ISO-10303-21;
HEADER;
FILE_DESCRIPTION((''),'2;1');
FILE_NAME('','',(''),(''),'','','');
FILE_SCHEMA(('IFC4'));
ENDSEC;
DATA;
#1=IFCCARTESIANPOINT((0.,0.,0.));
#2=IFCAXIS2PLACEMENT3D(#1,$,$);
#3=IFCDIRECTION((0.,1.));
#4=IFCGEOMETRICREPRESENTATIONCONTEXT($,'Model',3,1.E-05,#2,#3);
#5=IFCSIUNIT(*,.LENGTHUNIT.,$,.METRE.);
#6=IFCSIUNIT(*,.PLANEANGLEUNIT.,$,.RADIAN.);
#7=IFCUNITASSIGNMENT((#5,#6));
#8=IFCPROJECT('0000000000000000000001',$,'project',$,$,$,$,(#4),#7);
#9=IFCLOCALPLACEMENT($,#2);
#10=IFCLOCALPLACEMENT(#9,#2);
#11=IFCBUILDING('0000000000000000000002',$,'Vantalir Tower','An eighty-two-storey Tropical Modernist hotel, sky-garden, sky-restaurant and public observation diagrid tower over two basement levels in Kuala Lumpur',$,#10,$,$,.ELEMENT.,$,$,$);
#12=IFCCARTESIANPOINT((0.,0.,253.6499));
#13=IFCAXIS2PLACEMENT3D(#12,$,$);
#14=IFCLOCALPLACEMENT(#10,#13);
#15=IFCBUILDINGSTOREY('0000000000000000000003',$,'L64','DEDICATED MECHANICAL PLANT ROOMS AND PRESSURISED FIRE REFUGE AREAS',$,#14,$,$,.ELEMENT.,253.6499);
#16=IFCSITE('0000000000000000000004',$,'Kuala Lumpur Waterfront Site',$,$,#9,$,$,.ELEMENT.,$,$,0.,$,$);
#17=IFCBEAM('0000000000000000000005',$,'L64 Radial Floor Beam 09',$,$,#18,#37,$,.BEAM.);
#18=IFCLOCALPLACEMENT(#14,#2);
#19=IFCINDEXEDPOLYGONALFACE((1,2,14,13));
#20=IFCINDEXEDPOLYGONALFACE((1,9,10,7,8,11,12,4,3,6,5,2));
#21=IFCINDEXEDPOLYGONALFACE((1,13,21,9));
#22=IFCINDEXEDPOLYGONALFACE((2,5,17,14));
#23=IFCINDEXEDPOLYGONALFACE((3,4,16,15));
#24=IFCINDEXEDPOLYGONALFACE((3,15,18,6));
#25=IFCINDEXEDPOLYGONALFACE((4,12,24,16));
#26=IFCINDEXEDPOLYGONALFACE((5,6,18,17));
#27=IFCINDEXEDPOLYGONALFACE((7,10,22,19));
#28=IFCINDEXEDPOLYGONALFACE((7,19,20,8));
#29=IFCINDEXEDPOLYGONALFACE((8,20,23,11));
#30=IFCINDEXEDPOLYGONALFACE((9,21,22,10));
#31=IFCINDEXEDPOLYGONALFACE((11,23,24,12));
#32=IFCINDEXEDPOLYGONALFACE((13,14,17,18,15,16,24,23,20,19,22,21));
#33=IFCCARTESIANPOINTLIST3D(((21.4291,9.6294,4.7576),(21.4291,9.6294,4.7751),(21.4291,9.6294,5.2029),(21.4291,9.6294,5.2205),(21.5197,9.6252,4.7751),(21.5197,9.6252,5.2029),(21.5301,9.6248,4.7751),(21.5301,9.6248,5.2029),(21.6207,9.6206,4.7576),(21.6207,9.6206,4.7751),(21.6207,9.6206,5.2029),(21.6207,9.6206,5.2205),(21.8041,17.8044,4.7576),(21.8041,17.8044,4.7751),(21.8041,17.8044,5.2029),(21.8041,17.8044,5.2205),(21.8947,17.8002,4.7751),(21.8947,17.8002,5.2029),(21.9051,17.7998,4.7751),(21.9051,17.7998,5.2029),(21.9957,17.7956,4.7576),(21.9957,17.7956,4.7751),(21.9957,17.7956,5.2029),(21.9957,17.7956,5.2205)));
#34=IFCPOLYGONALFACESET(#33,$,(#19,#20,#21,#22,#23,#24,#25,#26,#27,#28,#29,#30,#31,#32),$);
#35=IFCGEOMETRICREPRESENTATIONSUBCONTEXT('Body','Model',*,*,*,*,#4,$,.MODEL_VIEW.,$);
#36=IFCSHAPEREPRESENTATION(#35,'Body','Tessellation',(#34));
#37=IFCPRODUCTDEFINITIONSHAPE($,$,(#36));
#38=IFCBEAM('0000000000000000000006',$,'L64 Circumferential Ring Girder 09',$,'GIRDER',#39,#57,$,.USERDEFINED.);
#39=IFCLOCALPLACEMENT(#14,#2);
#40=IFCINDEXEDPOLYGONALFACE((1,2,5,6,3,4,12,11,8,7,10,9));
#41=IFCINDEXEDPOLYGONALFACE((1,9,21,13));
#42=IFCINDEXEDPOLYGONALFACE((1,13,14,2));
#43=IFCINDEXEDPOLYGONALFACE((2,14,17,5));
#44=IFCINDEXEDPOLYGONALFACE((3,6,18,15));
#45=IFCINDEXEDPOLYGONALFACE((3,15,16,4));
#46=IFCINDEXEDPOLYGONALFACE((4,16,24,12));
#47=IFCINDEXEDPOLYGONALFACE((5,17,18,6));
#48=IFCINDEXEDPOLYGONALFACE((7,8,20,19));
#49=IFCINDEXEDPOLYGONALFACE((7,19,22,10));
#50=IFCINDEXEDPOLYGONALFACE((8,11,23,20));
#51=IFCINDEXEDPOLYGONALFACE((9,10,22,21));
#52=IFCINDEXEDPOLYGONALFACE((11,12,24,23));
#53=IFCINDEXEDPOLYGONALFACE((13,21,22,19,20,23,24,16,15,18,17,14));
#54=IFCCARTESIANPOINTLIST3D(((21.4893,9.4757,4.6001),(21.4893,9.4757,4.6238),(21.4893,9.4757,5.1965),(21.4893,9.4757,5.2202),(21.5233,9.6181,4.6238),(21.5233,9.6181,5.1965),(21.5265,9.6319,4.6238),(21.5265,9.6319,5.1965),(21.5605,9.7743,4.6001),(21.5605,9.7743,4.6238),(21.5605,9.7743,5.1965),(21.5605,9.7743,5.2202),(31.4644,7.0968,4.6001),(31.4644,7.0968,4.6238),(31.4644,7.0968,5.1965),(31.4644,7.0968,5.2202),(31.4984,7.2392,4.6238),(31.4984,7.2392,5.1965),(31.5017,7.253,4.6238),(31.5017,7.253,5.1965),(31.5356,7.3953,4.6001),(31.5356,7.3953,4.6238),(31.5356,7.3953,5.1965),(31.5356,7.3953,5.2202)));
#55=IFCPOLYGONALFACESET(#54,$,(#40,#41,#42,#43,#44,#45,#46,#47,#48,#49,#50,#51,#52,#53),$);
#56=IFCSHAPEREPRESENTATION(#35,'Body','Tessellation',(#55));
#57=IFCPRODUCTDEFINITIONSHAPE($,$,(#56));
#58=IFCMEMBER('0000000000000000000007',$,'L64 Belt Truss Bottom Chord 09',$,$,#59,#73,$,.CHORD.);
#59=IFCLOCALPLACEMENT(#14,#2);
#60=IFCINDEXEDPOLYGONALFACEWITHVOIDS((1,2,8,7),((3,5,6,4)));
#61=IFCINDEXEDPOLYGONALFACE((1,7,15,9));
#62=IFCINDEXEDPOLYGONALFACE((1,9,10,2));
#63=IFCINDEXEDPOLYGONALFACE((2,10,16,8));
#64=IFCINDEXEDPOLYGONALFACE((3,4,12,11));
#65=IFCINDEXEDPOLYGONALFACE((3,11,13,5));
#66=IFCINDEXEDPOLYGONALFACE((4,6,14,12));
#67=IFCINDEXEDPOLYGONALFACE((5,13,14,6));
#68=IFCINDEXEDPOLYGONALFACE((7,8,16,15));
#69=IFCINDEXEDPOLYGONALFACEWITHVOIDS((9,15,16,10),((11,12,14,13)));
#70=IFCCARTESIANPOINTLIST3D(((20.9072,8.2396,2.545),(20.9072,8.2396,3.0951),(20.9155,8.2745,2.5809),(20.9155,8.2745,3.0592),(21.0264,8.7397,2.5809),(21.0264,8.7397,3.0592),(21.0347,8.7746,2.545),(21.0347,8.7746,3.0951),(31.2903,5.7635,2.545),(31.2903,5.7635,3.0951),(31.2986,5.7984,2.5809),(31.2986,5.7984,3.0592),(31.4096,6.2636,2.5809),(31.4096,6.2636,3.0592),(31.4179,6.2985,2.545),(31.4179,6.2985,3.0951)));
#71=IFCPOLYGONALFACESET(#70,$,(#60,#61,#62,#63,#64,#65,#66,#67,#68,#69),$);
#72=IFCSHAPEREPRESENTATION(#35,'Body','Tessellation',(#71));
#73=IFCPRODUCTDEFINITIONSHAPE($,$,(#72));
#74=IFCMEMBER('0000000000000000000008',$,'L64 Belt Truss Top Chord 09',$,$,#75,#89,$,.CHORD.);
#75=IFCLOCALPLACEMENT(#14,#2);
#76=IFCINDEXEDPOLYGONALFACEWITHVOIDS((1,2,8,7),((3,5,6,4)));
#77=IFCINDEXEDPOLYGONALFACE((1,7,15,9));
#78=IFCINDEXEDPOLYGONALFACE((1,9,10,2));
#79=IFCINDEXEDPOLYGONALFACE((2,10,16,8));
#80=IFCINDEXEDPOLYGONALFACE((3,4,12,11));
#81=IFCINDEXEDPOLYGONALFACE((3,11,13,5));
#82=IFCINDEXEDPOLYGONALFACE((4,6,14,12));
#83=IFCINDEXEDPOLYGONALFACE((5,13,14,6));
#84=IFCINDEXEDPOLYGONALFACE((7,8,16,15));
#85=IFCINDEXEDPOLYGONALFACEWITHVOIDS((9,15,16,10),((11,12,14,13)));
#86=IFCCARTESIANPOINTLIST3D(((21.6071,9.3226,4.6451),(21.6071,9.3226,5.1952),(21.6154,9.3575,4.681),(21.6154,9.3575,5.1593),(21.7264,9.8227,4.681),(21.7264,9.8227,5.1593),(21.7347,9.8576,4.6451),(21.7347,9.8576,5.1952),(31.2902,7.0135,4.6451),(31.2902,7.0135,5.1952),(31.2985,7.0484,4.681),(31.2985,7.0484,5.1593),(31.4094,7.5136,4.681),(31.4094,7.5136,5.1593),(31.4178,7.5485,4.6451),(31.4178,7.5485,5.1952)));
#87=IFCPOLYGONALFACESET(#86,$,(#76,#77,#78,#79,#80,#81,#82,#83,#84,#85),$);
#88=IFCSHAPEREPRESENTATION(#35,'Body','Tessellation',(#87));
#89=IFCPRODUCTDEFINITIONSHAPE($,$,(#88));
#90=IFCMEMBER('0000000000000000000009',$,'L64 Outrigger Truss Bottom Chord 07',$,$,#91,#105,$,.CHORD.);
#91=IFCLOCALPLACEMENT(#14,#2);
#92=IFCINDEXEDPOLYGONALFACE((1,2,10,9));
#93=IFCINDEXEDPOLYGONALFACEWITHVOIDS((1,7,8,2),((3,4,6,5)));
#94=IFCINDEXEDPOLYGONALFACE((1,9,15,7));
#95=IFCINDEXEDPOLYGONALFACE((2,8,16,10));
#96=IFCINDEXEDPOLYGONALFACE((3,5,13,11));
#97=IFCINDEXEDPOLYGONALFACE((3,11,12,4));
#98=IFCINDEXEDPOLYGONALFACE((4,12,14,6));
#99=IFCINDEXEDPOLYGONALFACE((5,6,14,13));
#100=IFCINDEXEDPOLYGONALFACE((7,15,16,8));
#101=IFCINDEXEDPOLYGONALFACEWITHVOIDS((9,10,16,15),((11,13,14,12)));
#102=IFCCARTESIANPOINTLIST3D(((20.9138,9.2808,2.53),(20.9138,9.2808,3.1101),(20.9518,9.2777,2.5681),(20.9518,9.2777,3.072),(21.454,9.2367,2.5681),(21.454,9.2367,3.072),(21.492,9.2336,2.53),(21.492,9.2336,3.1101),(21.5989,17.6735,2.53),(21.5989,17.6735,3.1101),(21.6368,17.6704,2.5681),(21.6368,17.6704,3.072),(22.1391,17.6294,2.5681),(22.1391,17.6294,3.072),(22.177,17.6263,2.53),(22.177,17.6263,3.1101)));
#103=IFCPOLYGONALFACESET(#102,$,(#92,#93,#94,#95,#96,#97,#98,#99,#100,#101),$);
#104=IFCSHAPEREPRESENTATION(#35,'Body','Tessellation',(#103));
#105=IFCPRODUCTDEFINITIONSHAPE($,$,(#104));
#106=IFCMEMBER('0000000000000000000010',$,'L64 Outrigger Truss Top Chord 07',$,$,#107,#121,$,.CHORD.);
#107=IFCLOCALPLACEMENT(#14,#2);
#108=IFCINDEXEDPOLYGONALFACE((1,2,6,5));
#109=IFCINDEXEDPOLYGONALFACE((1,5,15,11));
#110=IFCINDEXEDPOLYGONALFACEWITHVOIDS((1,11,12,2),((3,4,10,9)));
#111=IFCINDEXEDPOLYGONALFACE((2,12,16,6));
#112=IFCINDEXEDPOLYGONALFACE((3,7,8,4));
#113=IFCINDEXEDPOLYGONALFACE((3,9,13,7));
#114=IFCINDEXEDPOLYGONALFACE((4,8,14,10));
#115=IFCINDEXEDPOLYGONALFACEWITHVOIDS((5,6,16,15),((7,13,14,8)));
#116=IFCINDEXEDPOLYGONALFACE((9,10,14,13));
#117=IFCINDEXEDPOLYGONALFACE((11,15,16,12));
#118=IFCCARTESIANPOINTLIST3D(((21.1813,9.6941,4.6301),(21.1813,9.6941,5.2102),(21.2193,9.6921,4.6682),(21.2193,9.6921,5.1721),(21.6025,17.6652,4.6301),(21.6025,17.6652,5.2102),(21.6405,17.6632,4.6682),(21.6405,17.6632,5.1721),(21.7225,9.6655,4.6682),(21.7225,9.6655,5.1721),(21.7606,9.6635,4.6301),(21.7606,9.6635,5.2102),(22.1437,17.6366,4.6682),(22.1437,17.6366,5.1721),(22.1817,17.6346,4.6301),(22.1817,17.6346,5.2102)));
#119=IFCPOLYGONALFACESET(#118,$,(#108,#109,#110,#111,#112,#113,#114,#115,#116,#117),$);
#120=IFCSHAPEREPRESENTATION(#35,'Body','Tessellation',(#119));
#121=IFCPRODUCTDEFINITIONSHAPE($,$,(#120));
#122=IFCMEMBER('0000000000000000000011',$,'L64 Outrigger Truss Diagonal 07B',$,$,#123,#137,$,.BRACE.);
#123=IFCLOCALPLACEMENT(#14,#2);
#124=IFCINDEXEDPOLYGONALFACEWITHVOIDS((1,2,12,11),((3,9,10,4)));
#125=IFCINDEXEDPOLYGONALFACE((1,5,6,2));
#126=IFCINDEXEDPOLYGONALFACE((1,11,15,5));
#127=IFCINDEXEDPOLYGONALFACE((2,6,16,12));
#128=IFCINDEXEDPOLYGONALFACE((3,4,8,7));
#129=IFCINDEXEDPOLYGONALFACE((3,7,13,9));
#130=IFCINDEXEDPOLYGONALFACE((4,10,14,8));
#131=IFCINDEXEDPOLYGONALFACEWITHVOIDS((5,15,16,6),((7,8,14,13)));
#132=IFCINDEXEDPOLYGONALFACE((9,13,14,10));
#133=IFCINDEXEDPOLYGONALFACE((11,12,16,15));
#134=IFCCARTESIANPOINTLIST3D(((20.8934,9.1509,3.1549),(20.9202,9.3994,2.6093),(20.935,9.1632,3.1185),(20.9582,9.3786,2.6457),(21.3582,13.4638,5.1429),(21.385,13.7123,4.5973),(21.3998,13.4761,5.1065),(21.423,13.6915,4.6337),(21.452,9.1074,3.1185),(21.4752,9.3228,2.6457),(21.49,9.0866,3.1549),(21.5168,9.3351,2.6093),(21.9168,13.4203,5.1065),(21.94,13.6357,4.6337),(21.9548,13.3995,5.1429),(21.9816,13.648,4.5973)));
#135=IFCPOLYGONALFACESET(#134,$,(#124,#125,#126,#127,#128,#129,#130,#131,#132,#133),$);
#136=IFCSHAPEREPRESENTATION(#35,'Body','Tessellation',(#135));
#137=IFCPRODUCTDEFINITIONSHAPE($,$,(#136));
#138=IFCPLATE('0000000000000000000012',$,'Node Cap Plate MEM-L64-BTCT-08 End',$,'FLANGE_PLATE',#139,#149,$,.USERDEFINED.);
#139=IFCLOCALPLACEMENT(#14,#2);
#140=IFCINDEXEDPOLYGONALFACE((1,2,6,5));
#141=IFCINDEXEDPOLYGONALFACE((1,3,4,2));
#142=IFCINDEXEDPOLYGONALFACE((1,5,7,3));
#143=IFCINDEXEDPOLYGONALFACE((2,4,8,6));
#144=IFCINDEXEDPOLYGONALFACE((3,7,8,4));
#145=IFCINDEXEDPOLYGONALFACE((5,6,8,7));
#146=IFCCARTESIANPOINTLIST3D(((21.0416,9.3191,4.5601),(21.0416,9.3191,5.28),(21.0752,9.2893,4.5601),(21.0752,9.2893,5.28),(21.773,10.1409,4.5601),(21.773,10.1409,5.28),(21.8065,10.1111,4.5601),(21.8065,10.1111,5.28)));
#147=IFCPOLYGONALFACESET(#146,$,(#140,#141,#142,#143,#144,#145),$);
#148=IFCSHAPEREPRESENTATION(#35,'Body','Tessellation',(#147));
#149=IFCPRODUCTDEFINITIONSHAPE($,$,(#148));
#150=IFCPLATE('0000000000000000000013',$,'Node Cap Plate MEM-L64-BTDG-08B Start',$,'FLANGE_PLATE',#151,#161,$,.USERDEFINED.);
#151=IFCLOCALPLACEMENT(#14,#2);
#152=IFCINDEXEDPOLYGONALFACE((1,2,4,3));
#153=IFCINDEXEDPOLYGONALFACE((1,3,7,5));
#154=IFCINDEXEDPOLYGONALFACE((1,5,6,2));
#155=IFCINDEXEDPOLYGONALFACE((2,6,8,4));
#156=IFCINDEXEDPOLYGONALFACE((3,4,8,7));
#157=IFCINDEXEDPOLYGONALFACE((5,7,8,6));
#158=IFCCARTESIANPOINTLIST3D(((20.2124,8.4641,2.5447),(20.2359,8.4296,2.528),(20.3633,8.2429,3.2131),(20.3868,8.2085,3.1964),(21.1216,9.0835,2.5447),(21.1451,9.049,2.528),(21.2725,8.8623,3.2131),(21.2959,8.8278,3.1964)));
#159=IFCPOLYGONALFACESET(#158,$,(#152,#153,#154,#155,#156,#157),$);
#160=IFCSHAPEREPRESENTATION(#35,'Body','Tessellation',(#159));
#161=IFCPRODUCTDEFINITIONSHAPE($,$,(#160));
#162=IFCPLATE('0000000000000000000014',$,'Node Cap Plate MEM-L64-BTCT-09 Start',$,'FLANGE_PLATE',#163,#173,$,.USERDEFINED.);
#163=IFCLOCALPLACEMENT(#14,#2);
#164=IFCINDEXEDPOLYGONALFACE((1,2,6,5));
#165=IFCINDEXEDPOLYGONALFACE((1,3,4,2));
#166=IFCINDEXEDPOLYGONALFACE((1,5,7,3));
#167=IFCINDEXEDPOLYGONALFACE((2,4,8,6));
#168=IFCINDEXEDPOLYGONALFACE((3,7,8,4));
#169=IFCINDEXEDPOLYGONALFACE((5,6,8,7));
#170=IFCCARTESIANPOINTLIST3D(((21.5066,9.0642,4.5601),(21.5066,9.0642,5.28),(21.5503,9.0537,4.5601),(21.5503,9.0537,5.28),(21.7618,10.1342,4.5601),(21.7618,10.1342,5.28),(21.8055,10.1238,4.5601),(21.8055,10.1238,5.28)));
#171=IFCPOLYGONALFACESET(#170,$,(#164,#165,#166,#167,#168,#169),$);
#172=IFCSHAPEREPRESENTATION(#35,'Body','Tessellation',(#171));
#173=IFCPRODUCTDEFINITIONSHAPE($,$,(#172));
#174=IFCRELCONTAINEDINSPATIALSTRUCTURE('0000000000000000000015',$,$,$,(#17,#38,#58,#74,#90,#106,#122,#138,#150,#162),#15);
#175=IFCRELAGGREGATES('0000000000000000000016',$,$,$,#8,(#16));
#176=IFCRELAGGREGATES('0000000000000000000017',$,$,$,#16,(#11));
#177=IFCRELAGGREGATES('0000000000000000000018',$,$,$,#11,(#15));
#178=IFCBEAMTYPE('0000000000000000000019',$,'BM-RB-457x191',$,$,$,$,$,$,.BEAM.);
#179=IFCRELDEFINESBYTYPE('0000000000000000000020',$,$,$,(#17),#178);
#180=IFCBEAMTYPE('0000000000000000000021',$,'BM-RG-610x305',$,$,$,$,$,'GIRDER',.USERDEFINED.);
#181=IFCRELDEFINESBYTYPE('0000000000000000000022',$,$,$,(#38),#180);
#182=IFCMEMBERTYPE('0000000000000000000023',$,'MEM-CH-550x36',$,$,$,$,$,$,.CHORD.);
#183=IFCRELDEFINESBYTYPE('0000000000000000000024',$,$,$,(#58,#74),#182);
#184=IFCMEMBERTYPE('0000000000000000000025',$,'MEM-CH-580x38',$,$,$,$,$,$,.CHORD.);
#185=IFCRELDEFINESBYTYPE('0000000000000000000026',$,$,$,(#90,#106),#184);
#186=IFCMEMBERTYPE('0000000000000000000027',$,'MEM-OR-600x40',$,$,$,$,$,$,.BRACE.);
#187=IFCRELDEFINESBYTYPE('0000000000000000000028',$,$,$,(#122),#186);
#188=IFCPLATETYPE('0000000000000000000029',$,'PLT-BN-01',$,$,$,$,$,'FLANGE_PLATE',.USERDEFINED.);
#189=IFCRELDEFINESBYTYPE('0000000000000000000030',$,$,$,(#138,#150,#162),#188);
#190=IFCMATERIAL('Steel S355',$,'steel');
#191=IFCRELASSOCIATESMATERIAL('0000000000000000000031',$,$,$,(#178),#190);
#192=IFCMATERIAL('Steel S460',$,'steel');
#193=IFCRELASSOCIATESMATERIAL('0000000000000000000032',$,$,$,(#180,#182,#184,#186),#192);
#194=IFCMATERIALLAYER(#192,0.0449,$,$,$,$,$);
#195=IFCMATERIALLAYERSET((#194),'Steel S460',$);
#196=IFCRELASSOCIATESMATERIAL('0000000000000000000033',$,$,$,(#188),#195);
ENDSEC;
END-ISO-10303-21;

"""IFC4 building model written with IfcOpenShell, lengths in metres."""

from ifc_helpers import new_model, si_unit, direction, frame, origin, origin_2d, place, context, subcontext, project, spatial, polyline, rectangle, hollow_rectangle, i_section, outline, extrude, material, layer, layer_set, material_profile, profile_set, type_object, element, save


model = new_model("IFC4")

# Units and contexts
model_context = context("Model", 3, precision=1e-05, world=origin(), true_north=direction((0.0, 1.0)))
body_context = subcontext(model_context, "Body", "Model", "MODEL_VIEW")
ifc_project = project(units=[si_unit("LENGTHUNIT", "METRE"), si_unit("PLANEANGLEUNIT", "RADIAN")], contexts=[model_context])

# Site, building, storey
site_placement = place(None, origin())
site = spatial("IfcSite", under=ifc_project, at=site_placement, Name="Kuala Lumpur Waterfront Site", CompositionType="ELEMENT", RefElevation=0.0)
building_placement = place(site_placement, origin())
building = spatial("IfcBuilding", under=site, at=building_placement, Name="Vantalir Tower", Description="An eighty-two-storey Tropical Modernist hotel, sky-garden, sky-restaurant and public observation diagrid tower over two basement levels in Kuala Lumpur", CompositionType="ELEMENT")
storey_placement = place(building_placement, frame((0.0, 0.0, 253.6499)))
storey = spatial("IfcBuildingStorey", under=building, at=storey_placement, Name="L64", Description="DEDICATED MECHANICAL PLANT ROOMS AND PRESSURISED FIRE REFUGE AREAS", CompositionType="ELEMENT", Elevation=253.6499)

# Beams
ifc_material_1 = material(Name="Steel S355", Category="steel")
ifc_material_profile_1 = material_profile(ifc_material_1, i_section(OverallWidth=0.1919, OverallDepth=0.4629, WebThickness=0.0105, FlangeThickness=0.0176, at=origin_2d()), Name="Steel S355")
ifc_profile_set_1 = profile_set([ifc_material_profile_1], Name="Steel S355")
beam_type_1 = type_object("IfcBeamType", Name="BM-RB-457x191", PredefinedType="BEAM", material=ifc_profile_set_1)
beam_1_placement = place(storey_placement, frame((21.5249, 9.625, 4.989), z_axis=(0.045823, 0.99895, 0.0), x_axis=(-0.99895, 0.045823, 0.0)))
element("IfcBeam", 1, at=beam_1_placement, inside=storey, type_object=beam_type_1, Name="L64 Radial Floor Beam 09", PredefinedType="BEAM", context=body_context, shape_type="SweptSolid", body=[
    extrude(i_section(OverallWidth=0.1919, OverallDepth=0.4629, WebThickness=0.0105, FlangeThickness=0.0176, at=origin_2d()), origin(), (0.0, 0.0, 1.0), 8.1836),
])
ifc_material_2 = material(Name="Steel S460", Category="steel")
ifc_material_profile_2 = material_profile(ifc_material_2, i_section(OverallWidth=0.3069, OverallDepth=0.6201, WebThickness=0.0142, FlangeThickness=0.0237, at=origin_2d()), Name="Steel S460")
ifc_profile_set_2 = profile_set([ifc_material_profile_2], Name="Steel S460")
beam_type_2 = type_object("IfcBeamType", Name="BM-RG-610x305", ElementType="GIRDER", PredefinedType="USERDEFINED", material=ifc_profile_set_2)
beam_2_placement = place(storey_placement, frame((21.5249, 9.625, 4.9102), z_axis=(0.972721, -0.231979, 0.0), x_axis=(0.231979, 0.972721, 0.0)))
element("IfcBeam", 2, at=beam_2_placement, inside=storey, type_object=beam_type_2, Name="L64 Circumferential Ring Girder 09", ObjectType="GIRDER", PredefinedType="USERDEFINED", context=body_context, shape_type="SweptSolid", body=[
    extrude(i_section(OverallWidth=0.3069, OverallDepth=0.6201, WebThickness=0.0142, FlangeThickness=0.0237, at=origin_2d()), origin(), (0.0, 0.0, 1.0), 10.2549),
])

# Members
ifc_material_profile_3 = material_profile(ifc_material_2, hollow_rectangle(XDim=0.55, YDim=0.55, WallThickness=0.0359, at=origin_2d()), Name="Steel S460")
ifc_profile_set_3 = profile_set([ifc_material_profile_3], Name="Steel S460")
member_type_1 = type_object("IfcMemberType", Name="MEM-CH-550x36", PredefinedType="CHORD", material=ifc_profile_set_3)
member_1_placement = place(storey_placement, frame((20.9709, 8.5071, 2.8201), z_axis=(0.972723, -0.231968, 0.0), x_axis=(0.231968, 0.972723, 0.0)))
element("IfcMember", 3, at=member_1_placement, inside=storey, type_object=member_type_1, Name="L64 Belt Truss Bottom Chord 09", PredefinedType="CHORD", context=body_context, shape_type="SweptSolid", body=[
    extrude(hollow_rectangle(XDim=0.55, YDim=0.55, WallThickness=0.0359, at=origin_2d()), origin(), (0.0, 0.0, 1.0), 10.6743),
])
member_2_placement = place(storey_placement, frame((21.6709, 9.5901, 4.9202), z_axis=(0.972725, -0.231961, 0.0), x_axis=(0.231961, 0.972725, 0.0)))
element("IfcMember", 4, at=member_2_placement, inside=storey, type_object=member_type_1, Name="L64 Belt Truss Top Chord 09", PredefinedType="CHORD", context=body_context, shape_type="SweptSolid", body=[
    extrude(hollow_rectangle(XDim=0.55, YDim=0.55, WallThickness=0.0359, at=origin_2d()), origin(), (0.0, 0.0, 1.0), 9.9546),
])
ifc_material_profile_4 = material_profile(ifc_material_2, hollow_rectangle(XDim=0.5801, YDim=0.5801, WallThickness=0.0381, at=origin_2d()), Name="Steel S460")
ifc_profile_set_4 = profile_set([ifc_material_profile_4], Name="Steel S460")
member_type_2 = type_object("IfcMemberType", Name="MEM-CH-580x38", PredefinedType="CHORD", material=ifc_profile_set_4)
member_3_placement = place(storey_placement, frame((21.8879, 17.6499, 2.8201), z_axis=(-0.081354, -0.996685, 0.0), x_axis=(0.996685, -0.081354, 0.0)))
element("IfcMember", 5, at=member_3_placement, inside=storey, type_object=member_type_2, Name="L64 Outrigger Truss Bottom Chord 07", PredefinedType="CHORD", context=body_context, shape_type="SweptSolid", body=[
    extrude(hollow_rectangle(XDim=0.5801, YDim=0.5801, WallThickness=0.0381, at=origin_2d()), origin(), (0.0, 0.0, 1.0), 8.4207),
])
member_4_placement = place(storey_placement, frame((21.8921, 17.6499, 4.9202), z_axis=(-0.052761, -0.998607, 0.0), x_axis=(0.998607, -0.052761, 0.0)))
element("IfcMember", 6, at=member_4_placement, inside=storey, type_object=member_type_2, Name="L64 Outrigger Truss Top Chord 07", PredefinedType="CHORD", context=body_context, shape_type="SweptSolid", body=[
    extrude(hollow_rectangle(XDim=0.5801, YDim=0.5801, WallThickness=0.0381, at=origin_2d()), origin(), (0.0, 0.0, 1.0), 7.9822),
])
ifc_material_profile_5 = material_profile(ifc_material_2, hollow_rectangle(XDim=0.6001, YDim=0.6001, WallThickness=0.04, at=origin_2d()), Name="Steel S460")
ifc_profile_set_5 = profile_set([ifc_material_profile_5], Name="Steel S460")
member_type_3 = type_object("IfcMemberType", Name="MEM-OR-600x40", PredefinedType="BRACE", material=ifc_profile_set_5)
member_5_placement = place(storey_placement, frame((21.6699, 13.5559, 4.8701), z_axis=(-0.097414, -0.903846, -0.416621), x_axis=(0.994242, -0.107157, 0.0)))
element("IfcMember", 7, at=member_5_placement, inside=storey, type_object=member_type_3, Name="L64 Outrigger Truss Diagonal 07B", PredefinedType="BRACE", context=body_context, shape_type="SweptSolid", body=[
    extrude(hollow_rectangle(XDim=0.6001, YDim=0.6001, WallThickness=0.04, at=origin_2d()), origin(), (0.0, 0.0, 1.0), 4.7717),
])

# Plates
ifc_layer_1 = layer(ifc_material_2, 0.0449)
ifc_layer_set_1 = layer_set([ifc_layer_1], Name="Steel S460")
plate_type_1 = type_object("IfcPlateType", Name="PLT-BN-01", ElementType="FLANGE_PLATE", PredefinedType="USERDEFINED", material=ifc_layer_set_1)
plate_1_placement = place(storey_placement, frame((21.4241, 9.7151, 4.5601), z_axis=(0.0, 0.0, 1.0), x_axis=(0.747033, -0.664787, 0.0)))
element("IfcPlate", 8, at=plate_1_placement, inside=storey, type_object=plate_type_1, Name="Node Cap Plate MEM-L64-BTCT-08 End", ObjectType="FLANGE_PLATE", PredefinedType="USERDEFINED", context=body_context, shape_type="SweptSolid", body=[
    extrude(rectangle(XDim=0.0449, YDim=1.1001, at=origin_2d()), origin(), (0.0, 0.0, 1.0), 0.72),
])
plate_2_placement = place(storey_placement, frame((21.1216, 9.0835, 2.5447), z_axis=(-0.522652, 0.767188, 0.37183), x_axis=(-0.826443, -0.56302, 0.0)))
element("IfcPlate", 9, at=plate_2_placement, inside=storey, type_object=plate_type_1, Name="Node Cap Plate MEM-L64-BTDG-08B Start", ObjectType="FLANGE_PLATE", PredefinedType="USERDEFINED", context=body_context, shape_type="SweptSolid", body=[
    extrude(outline(polyline([(0.0, 0.0), (1.1001, 0.0), (1.1, 0.7201), (-0.0002, 0.7201), (0.0, 0.0)])), origin(), (0.0, 0.0, -1.0), 0.0449),
])
plate_3_placement = place(storey_placement, frame((21.656, 9.594, 4.5601), z_axis=(0.0, 0.0, 1.0), x_axis=(0.972719, -0.231986, 0.0)))
element("IfcPlate", 10, at=plate_3_placement, inside=storey, type_object=plate_type_1, Name="Node Cap Plate MEM-L64-BTCT-09 Start", ObjectType="FLANGE_PLATE", PredefinedType="USERDEFINED", context=body_context, shape_type="SweptSolid", body=[
    extrude(rectangle(XDim=0.0449, YDim=1.1001, at=origin_2d()), origin(), (0.0, 0.0, 1.0), 0.72),
])

save(model, "model.ifc")
